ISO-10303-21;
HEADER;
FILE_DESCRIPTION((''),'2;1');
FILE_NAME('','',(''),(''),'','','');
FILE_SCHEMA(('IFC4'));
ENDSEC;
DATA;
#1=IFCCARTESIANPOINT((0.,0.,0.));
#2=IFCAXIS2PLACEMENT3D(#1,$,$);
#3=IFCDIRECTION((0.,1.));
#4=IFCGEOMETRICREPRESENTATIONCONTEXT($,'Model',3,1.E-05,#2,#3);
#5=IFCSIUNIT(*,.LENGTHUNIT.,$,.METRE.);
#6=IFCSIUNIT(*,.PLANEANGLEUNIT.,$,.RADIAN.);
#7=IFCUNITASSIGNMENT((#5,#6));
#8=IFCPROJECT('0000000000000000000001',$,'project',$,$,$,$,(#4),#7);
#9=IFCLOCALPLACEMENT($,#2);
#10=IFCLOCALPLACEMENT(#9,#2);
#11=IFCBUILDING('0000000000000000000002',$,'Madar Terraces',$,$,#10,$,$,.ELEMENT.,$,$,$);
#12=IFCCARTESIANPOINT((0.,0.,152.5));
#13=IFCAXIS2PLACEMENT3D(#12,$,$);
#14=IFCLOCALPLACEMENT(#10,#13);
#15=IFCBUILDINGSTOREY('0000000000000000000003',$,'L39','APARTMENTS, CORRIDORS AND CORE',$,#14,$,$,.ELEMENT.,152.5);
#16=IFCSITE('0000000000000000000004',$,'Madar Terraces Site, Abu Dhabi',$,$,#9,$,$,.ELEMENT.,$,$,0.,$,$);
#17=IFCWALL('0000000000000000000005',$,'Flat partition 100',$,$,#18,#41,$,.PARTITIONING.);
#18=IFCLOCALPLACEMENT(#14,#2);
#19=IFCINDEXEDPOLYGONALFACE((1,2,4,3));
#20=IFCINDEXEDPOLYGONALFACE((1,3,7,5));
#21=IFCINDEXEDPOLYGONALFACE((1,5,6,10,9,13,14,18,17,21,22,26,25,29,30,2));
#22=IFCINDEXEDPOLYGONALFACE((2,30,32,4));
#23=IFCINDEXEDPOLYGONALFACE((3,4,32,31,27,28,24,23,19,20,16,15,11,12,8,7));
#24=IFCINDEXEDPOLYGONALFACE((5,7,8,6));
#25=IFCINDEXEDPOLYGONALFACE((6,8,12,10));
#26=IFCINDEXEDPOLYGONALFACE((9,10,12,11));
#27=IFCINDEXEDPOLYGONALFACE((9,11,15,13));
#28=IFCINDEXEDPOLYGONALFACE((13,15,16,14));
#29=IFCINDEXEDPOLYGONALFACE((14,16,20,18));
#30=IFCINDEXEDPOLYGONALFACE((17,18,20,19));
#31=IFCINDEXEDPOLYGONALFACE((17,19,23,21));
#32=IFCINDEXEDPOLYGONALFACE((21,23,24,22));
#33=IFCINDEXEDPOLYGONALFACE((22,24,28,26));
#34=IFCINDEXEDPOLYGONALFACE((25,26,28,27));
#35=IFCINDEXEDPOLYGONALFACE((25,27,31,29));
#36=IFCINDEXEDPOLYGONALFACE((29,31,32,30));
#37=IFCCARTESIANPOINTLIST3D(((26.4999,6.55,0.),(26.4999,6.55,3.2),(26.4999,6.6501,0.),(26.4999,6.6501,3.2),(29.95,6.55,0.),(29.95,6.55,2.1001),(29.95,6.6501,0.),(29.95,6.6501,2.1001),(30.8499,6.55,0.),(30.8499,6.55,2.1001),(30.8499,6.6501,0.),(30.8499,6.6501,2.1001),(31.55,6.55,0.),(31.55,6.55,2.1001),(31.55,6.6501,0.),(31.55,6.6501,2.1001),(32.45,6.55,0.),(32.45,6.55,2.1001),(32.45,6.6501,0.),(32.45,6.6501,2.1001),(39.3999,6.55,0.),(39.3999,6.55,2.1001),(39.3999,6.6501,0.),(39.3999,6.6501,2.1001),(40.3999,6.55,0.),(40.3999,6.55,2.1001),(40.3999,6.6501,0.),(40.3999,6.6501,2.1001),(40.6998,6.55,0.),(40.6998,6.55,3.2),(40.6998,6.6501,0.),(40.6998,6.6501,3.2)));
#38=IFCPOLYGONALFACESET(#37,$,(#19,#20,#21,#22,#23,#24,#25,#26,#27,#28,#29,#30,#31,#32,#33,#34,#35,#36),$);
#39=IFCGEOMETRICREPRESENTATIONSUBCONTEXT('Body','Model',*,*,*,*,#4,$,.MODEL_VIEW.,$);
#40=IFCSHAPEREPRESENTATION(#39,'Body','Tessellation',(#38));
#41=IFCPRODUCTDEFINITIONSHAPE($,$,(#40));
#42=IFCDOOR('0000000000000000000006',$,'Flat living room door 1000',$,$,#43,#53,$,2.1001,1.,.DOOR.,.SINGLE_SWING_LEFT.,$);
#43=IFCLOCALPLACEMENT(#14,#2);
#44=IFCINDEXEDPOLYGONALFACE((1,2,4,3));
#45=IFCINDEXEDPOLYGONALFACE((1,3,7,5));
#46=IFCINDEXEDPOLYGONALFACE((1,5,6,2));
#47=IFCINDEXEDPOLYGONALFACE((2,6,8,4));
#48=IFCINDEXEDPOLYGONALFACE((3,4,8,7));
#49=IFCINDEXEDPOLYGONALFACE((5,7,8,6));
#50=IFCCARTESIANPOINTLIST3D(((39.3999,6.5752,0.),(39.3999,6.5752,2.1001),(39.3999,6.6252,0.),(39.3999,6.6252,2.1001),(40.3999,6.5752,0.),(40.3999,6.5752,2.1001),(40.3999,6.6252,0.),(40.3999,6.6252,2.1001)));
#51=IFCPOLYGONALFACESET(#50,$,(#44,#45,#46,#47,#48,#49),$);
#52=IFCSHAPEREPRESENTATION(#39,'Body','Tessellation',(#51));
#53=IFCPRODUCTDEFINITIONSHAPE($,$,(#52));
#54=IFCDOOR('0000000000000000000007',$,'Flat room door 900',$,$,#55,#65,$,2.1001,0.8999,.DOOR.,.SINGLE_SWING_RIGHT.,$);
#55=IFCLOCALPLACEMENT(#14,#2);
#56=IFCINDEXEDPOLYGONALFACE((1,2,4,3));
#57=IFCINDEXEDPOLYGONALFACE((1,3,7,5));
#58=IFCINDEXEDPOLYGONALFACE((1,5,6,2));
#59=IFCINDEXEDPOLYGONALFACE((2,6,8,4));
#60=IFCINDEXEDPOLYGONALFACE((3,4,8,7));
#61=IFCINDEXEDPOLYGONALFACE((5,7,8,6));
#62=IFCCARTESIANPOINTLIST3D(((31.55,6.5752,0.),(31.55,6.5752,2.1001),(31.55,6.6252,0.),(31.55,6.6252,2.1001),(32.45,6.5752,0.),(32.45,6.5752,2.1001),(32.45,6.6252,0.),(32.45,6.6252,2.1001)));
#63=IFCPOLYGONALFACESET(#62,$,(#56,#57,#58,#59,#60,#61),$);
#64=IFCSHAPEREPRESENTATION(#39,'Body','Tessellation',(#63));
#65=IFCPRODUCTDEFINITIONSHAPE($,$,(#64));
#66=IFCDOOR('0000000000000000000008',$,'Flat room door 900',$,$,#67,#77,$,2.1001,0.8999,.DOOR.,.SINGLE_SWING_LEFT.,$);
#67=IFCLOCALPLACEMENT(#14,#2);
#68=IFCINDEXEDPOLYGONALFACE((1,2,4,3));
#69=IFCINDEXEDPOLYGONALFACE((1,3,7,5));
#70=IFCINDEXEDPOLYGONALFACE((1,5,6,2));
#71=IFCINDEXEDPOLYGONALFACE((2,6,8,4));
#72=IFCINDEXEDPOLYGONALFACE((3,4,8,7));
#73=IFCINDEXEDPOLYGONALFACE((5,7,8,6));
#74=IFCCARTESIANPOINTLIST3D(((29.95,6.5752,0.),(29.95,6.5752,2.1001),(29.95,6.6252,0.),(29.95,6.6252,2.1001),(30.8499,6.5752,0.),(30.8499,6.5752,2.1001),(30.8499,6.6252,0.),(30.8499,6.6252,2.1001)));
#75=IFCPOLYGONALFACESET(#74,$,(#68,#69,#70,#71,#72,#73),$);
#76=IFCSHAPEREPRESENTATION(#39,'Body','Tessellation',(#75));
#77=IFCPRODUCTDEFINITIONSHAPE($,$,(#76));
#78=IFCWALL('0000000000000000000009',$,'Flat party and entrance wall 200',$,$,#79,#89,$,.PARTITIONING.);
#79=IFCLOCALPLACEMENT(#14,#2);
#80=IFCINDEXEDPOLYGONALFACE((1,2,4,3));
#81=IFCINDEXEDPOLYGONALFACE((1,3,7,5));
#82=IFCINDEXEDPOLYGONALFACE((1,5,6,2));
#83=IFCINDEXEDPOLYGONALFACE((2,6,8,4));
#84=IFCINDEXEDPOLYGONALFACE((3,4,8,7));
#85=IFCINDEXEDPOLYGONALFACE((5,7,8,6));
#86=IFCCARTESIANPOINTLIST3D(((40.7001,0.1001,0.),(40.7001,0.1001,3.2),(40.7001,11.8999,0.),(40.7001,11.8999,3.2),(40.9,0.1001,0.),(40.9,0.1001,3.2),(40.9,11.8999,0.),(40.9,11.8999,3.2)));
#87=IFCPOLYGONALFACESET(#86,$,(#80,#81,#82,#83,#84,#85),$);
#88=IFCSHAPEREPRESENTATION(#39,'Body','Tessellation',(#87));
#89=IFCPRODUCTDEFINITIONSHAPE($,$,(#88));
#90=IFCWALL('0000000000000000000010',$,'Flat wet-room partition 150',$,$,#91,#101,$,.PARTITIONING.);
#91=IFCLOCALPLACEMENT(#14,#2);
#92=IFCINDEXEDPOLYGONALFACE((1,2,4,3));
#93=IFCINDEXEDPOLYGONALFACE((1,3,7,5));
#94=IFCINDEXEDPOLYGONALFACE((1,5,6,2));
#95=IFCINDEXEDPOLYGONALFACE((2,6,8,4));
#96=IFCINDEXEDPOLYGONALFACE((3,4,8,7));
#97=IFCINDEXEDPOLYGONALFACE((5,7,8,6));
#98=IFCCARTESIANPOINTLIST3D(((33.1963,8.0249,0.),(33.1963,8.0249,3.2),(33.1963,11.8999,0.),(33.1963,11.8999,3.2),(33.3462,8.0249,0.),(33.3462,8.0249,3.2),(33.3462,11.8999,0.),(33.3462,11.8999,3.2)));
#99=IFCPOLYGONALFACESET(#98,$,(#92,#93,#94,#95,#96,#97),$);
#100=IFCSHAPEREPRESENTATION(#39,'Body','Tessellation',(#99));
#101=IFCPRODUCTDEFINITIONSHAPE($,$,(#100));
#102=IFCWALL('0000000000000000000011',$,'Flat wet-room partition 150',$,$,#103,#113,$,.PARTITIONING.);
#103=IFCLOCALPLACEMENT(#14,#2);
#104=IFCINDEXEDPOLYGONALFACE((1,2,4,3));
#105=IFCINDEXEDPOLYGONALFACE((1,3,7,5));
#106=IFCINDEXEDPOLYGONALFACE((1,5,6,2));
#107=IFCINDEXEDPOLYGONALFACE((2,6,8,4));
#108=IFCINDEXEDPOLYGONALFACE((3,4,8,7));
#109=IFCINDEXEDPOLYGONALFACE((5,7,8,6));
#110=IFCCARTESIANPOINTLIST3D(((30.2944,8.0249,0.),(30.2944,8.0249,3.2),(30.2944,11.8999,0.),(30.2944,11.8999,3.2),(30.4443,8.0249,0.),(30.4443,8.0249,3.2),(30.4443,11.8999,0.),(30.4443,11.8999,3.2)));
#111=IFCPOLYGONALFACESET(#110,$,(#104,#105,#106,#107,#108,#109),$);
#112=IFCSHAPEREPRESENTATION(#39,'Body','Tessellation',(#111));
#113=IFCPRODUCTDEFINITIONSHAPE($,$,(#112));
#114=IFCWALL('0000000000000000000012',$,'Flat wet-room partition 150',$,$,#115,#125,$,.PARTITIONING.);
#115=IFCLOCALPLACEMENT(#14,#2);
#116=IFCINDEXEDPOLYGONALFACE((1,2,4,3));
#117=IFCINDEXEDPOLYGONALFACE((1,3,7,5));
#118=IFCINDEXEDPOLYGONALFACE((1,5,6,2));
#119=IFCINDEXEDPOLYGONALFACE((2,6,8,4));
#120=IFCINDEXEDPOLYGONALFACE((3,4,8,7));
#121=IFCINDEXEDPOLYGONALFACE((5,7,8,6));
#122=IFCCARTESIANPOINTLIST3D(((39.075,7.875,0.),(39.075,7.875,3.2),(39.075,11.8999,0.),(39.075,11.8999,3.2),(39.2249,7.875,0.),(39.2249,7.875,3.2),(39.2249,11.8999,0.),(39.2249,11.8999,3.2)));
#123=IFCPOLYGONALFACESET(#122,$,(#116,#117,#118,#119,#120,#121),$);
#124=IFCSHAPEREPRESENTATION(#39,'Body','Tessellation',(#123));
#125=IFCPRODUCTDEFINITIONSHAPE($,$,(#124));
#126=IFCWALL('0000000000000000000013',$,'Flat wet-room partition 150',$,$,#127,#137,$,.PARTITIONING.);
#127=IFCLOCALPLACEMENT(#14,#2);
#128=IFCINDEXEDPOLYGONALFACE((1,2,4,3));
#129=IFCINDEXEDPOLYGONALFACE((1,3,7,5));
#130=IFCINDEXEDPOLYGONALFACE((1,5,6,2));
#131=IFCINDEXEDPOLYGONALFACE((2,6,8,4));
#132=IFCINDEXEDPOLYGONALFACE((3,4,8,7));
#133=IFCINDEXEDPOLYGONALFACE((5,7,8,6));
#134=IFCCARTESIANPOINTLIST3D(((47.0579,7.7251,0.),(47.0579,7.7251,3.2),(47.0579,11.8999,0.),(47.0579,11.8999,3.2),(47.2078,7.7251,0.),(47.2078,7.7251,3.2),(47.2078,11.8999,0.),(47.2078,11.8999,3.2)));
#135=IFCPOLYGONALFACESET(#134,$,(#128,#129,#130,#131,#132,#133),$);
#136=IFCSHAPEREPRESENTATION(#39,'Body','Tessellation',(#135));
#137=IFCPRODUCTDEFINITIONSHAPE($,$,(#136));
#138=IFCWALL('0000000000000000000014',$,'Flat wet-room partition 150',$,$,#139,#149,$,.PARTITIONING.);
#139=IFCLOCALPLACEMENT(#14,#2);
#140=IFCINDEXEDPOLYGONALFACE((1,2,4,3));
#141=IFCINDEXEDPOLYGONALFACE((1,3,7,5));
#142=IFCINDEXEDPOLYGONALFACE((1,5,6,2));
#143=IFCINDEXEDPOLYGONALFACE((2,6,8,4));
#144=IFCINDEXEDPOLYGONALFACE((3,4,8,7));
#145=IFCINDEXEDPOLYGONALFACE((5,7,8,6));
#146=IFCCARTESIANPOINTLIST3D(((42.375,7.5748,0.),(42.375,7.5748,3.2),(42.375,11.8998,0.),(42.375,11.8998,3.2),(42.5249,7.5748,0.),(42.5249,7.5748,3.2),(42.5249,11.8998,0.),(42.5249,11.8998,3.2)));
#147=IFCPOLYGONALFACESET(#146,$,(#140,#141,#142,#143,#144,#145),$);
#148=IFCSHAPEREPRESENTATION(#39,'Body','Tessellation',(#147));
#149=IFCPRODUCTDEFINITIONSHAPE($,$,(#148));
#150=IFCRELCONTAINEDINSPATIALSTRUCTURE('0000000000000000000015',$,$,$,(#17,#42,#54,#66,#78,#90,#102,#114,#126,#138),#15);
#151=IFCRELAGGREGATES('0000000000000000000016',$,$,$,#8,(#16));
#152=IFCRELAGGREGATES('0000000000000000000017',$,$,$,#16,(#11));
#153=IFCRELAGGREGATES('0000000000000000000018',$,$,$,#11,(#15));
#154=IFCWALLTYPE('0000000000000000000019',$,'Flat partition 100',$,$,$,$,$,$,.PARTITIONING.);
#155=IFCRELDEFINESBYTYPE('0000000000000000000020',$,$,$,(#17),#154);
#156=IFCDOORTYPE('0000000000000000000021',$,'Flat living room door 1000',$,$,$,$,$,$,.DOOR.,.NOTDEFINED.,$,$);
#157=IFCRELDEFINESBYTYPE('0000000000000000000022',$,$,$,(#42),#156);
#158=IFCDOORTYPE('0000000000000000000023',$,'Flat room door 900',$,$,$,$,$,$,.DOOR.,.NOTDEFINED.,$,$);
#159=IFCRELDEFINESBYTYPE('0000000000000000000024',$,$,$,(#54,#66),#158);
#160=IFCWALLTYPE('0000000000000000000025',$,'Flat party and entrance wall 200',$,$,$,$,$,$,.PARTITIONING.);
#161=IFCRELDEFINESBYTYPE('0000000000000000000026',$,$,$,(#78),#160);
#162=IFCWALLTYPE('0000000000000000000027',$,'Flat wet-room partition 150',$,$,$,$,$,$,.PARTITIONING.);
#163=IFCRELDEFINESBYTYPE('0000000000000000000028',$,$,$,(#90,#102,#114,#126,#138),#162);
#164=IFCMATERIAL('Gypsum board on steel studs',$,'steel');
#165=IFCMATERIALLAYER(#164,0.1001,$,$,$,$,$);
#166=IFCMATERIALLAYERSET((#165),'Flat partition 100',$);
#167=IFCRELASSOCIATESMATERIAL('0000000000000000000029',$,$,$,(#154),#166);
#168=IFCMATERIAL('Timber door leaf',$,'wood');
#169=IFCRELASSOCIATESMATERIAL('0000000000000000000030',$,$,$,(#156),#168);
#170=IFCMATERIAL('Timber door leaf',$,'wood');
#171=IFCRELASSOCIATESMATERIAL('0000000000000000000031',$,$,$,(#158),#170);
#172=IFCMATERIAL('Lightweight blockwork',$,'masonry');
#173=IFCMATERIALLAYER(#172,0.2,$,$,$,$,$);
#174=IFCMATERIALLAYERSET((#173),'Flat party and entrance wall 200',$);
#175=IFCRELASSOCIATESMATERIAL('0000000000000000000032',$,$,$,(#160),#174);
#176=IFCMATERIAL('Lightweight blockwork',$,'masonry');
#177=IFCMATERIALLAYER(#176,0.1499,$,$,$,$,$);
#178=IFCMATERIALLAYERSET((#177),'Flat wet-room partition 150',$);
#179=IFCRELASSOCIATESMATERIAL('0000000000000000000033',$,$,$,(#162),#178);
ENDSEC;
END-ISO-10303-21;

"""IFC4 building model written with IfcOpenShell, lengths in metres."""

from ifc_helpers import new_model, si_unit, direction, frame, frame_2d, origin, place, context, subcontext, project, spatial, rectangle, extrude, material, layer, layer_set, type_object, element, fill, save


model = new_model("IFC4")

# Units and contexts
model_context = context("Model", 3, precision=1e-05, world=origin(), true_north=direction((0.0, 1.0)))
body_context = subcontext(model_context, "Body", "Model", "MODEL_VIEW")
ifc_project = project(units=[si_unit("LENGTHUNIT", "METRE"), si_unit("PLANEANGLEUNIT", "RADIAN")], contexts=[model_context])

# Site, building, storey
site_placement = place(None, origin())
site = spatial("IfcSite", under=ifc_project, at=site_placement, Name="Madar Terraces Site, Abu Dhabi", CompositionType="ELEMENT", RefElevation=0.0)
building_placement = place(site_placement, origin())
building = spatial("IfcBuilding", under=site, at=building_placement, Name="Madar Terraces", CompositionType="ELEMENT")
storey_placement = place(building_placement, frame((0.0, 0.0, 152.5)))
storey = spatial("IfcBuildingStorey", under=building, at=storey_placement, Name="L39", Description="APARTMENTS, CORRIDORS AND CORE", CompositionType="ELEMENT", Elevation=152.5)

# Shared definitions
ifc_material_1 = material(Name="Gypsum board on steel studs", Category="steel")
ifc_layer_1 = layer(ifc_material_1, 0.1001)
ifc_layer_set_1 = layer_set([ifc_layer_1], Name="Flat partition 100")
wall_type_1 = type_object("IfcWallType", Name="Flat partition 100", PredefinedType="PARTITIONING", material=ifc_layer_set_1)

# Wall, openings, doors
wall_1_placement = place(storey_placement, frame((40.7, 6.6001, 0.0), z_axis=(0.0, 0.0, 1.0), x_axis=(-1.0, 0.0, 0.0)))
wall_1 = element("IfcWall", 1, at=wall_1_placement, inside=storey, type_object=wall_type_1, Name="Flat partition 100", PredefinedType="PARTITIONING", context=body_context, shape_type="SweptSolid", body=[
    extrude(rectangle(XDim=14.2, YDim=0.1001, at=frame_2d((7.1001, 0.0))), origin(), (0.0, 0.0, 1.0), 3.2),
])
opening_1_placement = place(wall_1_placement, frame((0.3, 0.0, 0.0)))
opening_1 = element("IfcOpeningElement", 2, at=opening_1_placement, cuts=wall_1, PredefinedType="OPENING", context=body_context, shape_type="SweptSolid", body=[
    extrude(rectangle(XDim=1.0, YDim=2.1001, at=frame_2d((0.5, 1.05))), frame((0.0, 0.0601, 0.0), z_axis=(0.0, -1.0, 0.0), x_axis=(1.0, 0.0, 0.0)), (0.0, 0.0, 1.0), 0.1201),
])
opening_2_placement = place(wall_1_placement, frame((8.25, 0.0, 0.0)))
opening_2 = element("IfcOpeningElement", 3, at=opening_2_placement, cuts=wall_1, PredefinedType="OPENING", context=body_context, shape_type="SweptSolid", body=[
    extrude(rectangle(XDim=0.8999, YDim=2.1001, at=frame_2d((0.45, 1.05))), frame((0.0, 0.0601, 0.0), z_axis=(0.0, -1.0, 0.0), x_axis=(1.0, 0.0, 0.0)), (0.0, 0.0, 1.0), 0.1201),
])
opening_3_placement = place(wall_1_placement, frame((9.8501, 0.0, 0.0)))
opening_3 = element("IfcOpeningElement", 4, at=opening_3_placement, cuts=wall_1, PredefinedType="OPENING", context=body_context, shape_type="SweptSolid", body=[
    extrude(rectangle(XDim=0.8999, YDim=2.1001, at=frame_2d((0.45, 1.05))), frame((0.0, 0.0601, 0.0), z_axis=(0.0, -1.0, 0.0), x_axis=(1.0, 0.0, 0.0)), (0.0, 0.0, 1.0), 0.1201),
])
ifc_material_2 = material(Name="Timber door leaf", Category="wood")
door_type_1 = type_object("IfcDoorType", Name="Flat living room door 1000", OperationType="NOTDEFINED", PredefinedType="DOOR", material=ifc_material_2)
door_1_placement = place(opening_1_placement, origin())
door_1 = element("IfcDoor", 5, at=door_1_placement, inside=storey, type_object=door_type_1, Name="Flat living room door 1000", OperationType="SINGLE_SWING_LEFT", OverallHeight=2.1001, OverallWidth=1.0, PredefinedType="DOOR", context=body_context, shape_type="SweptSolid", body=[
    extrude(rectangle(XDim=1.0, YDim=2.1001, at=frame_2d((0.5, 1.05))), frame((0.0, 0.0249, 0.0), z_axis=(0.0, -1.0, 0.0), x_axis=(1.0, 0.0, 0.0)), (0.0, 0.0, 1.0), 0.05),
])
fill(opening_1, door_1)
ifc_material_3 = material(Name="Timber door leaf", Category="wood")
door_type_2 = type_object("IfcDoorType", Name="Flat room door 900", OperationType="NOTDEFINED", PredefinedType="DOOR", material=ifc_material_3)
door_2_placement = place(opening_2_placement, origin())
door_2 = element("IfcDoor", 6, at=door_2_placement, inside=storey, type_object=door_type_2, Name="Flat room door 900", OperationType="SINGLE_SWING_RIGHT", OverallHeight=2.1001, OverallWidth=0.8999, PredefinedType="DOOR", context=body_context, shape_type="SweptSolid", body=[
    extrude(rectangle(XDim=0.8999, YDim=2.1001, at=frame_2d((0.45, 1.05))), frame((0.0, 0.0249, 0.0), z_axis=(0.0, -1.0, 0.0), x_axis=(1.0, 0.0, 0.0)), (0.0, 0.0, 1.0), 0.05),
])
fill(opening_2, door_2)
door_3_placement = place(opening_3_placement, origin())
door_3 = element("IfcDoor", 7, at=door_3_placement, inside=storey, type_object=door_type_2, Name="Flat room door 900", OperationType="SINGLE_SWING_LEFT", OverallHeight=2.1001, OverallWidth=0.8999, PredefinedType="DOOR", context=body_context, shape_type="SweptSolid", body=[
    extrude(rectangle(XDim=0.8999, YDim=2.1001, at=frame_2d((0.45, 1.05))), frame((0.0, 0.0249, 0.0), z_axis=(0.0, -1.0, 0.0), x_axis=(1.0, 0.0, 0.0)), (0.0, 0.0, 1.0), 0.05),
])
fill(opening_3, door_3)

# Walls
ifc_material_4 = material(Name="Lightweight blockwork", Category="masonry")
ifc_layer_2 = layer(ifc_material_4, 0.2)
ifc_layer_set_2 = layer_set([ifc_layer_2], Name="Flat party and entrance wall 200")
wall_type_2 = type_object("IfcWallType", Name="Flat party and entrance wall 200", PredefinedType="PARTITIONING", material=ifc_layer_set_2)
wall_2_placement = place(storey_placement, frame((40.8, 11.8999, 0.0), z_axis=(0.0, 0.0, 1.0), x_axis=(0.0, -1.0, 0.0)))
element("IfcWall", 8, at=wall_2_placement, inside=storey, type_object=wall_type_2, Name="Flat party and entrance wall 200", PredefinedType="PARTITIONING", context=body_context, shape_type="SweptSolid", body=[
    extrude(rectangle(XDim=11.7998, YDim=0.2, at=frame_2d((5.8999, 0.0))), origin(), (0.0, 0.0, 1.0), 3.2),
])
ifc_material_5 = material(Name="Lightweight blockwork", Category="masonry")
ifc_layer_3 = layer(ifc_material_5, 0.1499)
ifc_layer_set_3 = layer_set([ifc_layer_3], Name="Flat wet-room partition 150")
wall_type_3 = type_object("IfcWallType", Name="Flat wet-room partition 150", PredefinedType="PARTITIONING", material=ifc_layer_set_3)
for number, where, z_axis, x_axis, name in (
    (9, (33.2712, 11.8999, 0.0), (0.0, 0.0, 1.0), (0.0, -1.0, 0.0), "Flat wet-room partition 150"),
    (10, (30.3694, 11.8999, 0.0), (0.0, 0.0, 1.0), (0.0, -1.0, 0.0), "Flat wet-room partition 150"),
):
    element("IfcWall", number, at=place(storey_placement, frame(where, z_axis=z_axis, x_axis=x_axis)), inside=storey, type_object=wall_type_3, Name=name, PredefinedType="PARTITIONING", context=body_context, shape_type="SweptSolid", body=[
        extrude(rectangle(XDim=3.875, YDim=0.1499, at=frame_2d((1.9375, 0.0))), origin(), (0.0, 0.0, 1.0), 3.2),
    ])
wall_3_placement = place(storey_placement, frame((39.1499, 11.8999, 0.0), z_axis=(0.0, 0.0, 1.0), x_axis=(0.0, -1.0, 0.0)))
element("IfcWall", 11, at=wall_3_placement, inside=storey, type_object=wall_type_3, Name="Flat wet-room partition 150", PredefinedType="PARTITIONING", context=body_context, shape_type="SweptSolid", body=[
    extrude(rectangle(XDim=4.0249, YDim=0.1499, at=frame_2d((2.0125, 0.0))), origin(), (0.0, 0.0, 1.0), 3.2),
])
wall_4_placement = place(storey_placement, frame((47.1328, 11.8999, 0.0), z_axis=(0.0, 0.0, 1.0), x_axis=(0.0, -1.0, 0.0)))
element("IfcWall", 12, at=wall_4_placement, inside=storey, type_object=wall_type_3, Name="Flat wet-room partition 150", PredefinedType="PARTITIONING", context=body_context, shape_type="SweptSolid", body=[
    extrude(rectangle(XDim=4.1748, YDim=0.1499, at=frame_2d((2.0874, 0.0))), origin(), (0.0, 0.0, 1.0), 3.2),
])
wall_5_placement = place(storey_placement, frame((42.45, 11.8999, 0.0), z_axis=(0.0, 0.0, 1.0), x_axis=(0.0, -1.0, 0.0)))
element("IfcWall", 13, at=wall_5_placement, inside=storey, type_object=wall_type_3, Name="Flat wet-room partition 150", PredefinedType="PARTITIONING", context=body_context, shape_type="SweptSolid", body=[
    extrude(rectangle(XDim=4.325, YDim=0.1499, at=frame_2d((2.1626, 0.0))), origin(), (0.0, 0.0, 1.0), 3.2),
])

save(model, "model.ifc")
